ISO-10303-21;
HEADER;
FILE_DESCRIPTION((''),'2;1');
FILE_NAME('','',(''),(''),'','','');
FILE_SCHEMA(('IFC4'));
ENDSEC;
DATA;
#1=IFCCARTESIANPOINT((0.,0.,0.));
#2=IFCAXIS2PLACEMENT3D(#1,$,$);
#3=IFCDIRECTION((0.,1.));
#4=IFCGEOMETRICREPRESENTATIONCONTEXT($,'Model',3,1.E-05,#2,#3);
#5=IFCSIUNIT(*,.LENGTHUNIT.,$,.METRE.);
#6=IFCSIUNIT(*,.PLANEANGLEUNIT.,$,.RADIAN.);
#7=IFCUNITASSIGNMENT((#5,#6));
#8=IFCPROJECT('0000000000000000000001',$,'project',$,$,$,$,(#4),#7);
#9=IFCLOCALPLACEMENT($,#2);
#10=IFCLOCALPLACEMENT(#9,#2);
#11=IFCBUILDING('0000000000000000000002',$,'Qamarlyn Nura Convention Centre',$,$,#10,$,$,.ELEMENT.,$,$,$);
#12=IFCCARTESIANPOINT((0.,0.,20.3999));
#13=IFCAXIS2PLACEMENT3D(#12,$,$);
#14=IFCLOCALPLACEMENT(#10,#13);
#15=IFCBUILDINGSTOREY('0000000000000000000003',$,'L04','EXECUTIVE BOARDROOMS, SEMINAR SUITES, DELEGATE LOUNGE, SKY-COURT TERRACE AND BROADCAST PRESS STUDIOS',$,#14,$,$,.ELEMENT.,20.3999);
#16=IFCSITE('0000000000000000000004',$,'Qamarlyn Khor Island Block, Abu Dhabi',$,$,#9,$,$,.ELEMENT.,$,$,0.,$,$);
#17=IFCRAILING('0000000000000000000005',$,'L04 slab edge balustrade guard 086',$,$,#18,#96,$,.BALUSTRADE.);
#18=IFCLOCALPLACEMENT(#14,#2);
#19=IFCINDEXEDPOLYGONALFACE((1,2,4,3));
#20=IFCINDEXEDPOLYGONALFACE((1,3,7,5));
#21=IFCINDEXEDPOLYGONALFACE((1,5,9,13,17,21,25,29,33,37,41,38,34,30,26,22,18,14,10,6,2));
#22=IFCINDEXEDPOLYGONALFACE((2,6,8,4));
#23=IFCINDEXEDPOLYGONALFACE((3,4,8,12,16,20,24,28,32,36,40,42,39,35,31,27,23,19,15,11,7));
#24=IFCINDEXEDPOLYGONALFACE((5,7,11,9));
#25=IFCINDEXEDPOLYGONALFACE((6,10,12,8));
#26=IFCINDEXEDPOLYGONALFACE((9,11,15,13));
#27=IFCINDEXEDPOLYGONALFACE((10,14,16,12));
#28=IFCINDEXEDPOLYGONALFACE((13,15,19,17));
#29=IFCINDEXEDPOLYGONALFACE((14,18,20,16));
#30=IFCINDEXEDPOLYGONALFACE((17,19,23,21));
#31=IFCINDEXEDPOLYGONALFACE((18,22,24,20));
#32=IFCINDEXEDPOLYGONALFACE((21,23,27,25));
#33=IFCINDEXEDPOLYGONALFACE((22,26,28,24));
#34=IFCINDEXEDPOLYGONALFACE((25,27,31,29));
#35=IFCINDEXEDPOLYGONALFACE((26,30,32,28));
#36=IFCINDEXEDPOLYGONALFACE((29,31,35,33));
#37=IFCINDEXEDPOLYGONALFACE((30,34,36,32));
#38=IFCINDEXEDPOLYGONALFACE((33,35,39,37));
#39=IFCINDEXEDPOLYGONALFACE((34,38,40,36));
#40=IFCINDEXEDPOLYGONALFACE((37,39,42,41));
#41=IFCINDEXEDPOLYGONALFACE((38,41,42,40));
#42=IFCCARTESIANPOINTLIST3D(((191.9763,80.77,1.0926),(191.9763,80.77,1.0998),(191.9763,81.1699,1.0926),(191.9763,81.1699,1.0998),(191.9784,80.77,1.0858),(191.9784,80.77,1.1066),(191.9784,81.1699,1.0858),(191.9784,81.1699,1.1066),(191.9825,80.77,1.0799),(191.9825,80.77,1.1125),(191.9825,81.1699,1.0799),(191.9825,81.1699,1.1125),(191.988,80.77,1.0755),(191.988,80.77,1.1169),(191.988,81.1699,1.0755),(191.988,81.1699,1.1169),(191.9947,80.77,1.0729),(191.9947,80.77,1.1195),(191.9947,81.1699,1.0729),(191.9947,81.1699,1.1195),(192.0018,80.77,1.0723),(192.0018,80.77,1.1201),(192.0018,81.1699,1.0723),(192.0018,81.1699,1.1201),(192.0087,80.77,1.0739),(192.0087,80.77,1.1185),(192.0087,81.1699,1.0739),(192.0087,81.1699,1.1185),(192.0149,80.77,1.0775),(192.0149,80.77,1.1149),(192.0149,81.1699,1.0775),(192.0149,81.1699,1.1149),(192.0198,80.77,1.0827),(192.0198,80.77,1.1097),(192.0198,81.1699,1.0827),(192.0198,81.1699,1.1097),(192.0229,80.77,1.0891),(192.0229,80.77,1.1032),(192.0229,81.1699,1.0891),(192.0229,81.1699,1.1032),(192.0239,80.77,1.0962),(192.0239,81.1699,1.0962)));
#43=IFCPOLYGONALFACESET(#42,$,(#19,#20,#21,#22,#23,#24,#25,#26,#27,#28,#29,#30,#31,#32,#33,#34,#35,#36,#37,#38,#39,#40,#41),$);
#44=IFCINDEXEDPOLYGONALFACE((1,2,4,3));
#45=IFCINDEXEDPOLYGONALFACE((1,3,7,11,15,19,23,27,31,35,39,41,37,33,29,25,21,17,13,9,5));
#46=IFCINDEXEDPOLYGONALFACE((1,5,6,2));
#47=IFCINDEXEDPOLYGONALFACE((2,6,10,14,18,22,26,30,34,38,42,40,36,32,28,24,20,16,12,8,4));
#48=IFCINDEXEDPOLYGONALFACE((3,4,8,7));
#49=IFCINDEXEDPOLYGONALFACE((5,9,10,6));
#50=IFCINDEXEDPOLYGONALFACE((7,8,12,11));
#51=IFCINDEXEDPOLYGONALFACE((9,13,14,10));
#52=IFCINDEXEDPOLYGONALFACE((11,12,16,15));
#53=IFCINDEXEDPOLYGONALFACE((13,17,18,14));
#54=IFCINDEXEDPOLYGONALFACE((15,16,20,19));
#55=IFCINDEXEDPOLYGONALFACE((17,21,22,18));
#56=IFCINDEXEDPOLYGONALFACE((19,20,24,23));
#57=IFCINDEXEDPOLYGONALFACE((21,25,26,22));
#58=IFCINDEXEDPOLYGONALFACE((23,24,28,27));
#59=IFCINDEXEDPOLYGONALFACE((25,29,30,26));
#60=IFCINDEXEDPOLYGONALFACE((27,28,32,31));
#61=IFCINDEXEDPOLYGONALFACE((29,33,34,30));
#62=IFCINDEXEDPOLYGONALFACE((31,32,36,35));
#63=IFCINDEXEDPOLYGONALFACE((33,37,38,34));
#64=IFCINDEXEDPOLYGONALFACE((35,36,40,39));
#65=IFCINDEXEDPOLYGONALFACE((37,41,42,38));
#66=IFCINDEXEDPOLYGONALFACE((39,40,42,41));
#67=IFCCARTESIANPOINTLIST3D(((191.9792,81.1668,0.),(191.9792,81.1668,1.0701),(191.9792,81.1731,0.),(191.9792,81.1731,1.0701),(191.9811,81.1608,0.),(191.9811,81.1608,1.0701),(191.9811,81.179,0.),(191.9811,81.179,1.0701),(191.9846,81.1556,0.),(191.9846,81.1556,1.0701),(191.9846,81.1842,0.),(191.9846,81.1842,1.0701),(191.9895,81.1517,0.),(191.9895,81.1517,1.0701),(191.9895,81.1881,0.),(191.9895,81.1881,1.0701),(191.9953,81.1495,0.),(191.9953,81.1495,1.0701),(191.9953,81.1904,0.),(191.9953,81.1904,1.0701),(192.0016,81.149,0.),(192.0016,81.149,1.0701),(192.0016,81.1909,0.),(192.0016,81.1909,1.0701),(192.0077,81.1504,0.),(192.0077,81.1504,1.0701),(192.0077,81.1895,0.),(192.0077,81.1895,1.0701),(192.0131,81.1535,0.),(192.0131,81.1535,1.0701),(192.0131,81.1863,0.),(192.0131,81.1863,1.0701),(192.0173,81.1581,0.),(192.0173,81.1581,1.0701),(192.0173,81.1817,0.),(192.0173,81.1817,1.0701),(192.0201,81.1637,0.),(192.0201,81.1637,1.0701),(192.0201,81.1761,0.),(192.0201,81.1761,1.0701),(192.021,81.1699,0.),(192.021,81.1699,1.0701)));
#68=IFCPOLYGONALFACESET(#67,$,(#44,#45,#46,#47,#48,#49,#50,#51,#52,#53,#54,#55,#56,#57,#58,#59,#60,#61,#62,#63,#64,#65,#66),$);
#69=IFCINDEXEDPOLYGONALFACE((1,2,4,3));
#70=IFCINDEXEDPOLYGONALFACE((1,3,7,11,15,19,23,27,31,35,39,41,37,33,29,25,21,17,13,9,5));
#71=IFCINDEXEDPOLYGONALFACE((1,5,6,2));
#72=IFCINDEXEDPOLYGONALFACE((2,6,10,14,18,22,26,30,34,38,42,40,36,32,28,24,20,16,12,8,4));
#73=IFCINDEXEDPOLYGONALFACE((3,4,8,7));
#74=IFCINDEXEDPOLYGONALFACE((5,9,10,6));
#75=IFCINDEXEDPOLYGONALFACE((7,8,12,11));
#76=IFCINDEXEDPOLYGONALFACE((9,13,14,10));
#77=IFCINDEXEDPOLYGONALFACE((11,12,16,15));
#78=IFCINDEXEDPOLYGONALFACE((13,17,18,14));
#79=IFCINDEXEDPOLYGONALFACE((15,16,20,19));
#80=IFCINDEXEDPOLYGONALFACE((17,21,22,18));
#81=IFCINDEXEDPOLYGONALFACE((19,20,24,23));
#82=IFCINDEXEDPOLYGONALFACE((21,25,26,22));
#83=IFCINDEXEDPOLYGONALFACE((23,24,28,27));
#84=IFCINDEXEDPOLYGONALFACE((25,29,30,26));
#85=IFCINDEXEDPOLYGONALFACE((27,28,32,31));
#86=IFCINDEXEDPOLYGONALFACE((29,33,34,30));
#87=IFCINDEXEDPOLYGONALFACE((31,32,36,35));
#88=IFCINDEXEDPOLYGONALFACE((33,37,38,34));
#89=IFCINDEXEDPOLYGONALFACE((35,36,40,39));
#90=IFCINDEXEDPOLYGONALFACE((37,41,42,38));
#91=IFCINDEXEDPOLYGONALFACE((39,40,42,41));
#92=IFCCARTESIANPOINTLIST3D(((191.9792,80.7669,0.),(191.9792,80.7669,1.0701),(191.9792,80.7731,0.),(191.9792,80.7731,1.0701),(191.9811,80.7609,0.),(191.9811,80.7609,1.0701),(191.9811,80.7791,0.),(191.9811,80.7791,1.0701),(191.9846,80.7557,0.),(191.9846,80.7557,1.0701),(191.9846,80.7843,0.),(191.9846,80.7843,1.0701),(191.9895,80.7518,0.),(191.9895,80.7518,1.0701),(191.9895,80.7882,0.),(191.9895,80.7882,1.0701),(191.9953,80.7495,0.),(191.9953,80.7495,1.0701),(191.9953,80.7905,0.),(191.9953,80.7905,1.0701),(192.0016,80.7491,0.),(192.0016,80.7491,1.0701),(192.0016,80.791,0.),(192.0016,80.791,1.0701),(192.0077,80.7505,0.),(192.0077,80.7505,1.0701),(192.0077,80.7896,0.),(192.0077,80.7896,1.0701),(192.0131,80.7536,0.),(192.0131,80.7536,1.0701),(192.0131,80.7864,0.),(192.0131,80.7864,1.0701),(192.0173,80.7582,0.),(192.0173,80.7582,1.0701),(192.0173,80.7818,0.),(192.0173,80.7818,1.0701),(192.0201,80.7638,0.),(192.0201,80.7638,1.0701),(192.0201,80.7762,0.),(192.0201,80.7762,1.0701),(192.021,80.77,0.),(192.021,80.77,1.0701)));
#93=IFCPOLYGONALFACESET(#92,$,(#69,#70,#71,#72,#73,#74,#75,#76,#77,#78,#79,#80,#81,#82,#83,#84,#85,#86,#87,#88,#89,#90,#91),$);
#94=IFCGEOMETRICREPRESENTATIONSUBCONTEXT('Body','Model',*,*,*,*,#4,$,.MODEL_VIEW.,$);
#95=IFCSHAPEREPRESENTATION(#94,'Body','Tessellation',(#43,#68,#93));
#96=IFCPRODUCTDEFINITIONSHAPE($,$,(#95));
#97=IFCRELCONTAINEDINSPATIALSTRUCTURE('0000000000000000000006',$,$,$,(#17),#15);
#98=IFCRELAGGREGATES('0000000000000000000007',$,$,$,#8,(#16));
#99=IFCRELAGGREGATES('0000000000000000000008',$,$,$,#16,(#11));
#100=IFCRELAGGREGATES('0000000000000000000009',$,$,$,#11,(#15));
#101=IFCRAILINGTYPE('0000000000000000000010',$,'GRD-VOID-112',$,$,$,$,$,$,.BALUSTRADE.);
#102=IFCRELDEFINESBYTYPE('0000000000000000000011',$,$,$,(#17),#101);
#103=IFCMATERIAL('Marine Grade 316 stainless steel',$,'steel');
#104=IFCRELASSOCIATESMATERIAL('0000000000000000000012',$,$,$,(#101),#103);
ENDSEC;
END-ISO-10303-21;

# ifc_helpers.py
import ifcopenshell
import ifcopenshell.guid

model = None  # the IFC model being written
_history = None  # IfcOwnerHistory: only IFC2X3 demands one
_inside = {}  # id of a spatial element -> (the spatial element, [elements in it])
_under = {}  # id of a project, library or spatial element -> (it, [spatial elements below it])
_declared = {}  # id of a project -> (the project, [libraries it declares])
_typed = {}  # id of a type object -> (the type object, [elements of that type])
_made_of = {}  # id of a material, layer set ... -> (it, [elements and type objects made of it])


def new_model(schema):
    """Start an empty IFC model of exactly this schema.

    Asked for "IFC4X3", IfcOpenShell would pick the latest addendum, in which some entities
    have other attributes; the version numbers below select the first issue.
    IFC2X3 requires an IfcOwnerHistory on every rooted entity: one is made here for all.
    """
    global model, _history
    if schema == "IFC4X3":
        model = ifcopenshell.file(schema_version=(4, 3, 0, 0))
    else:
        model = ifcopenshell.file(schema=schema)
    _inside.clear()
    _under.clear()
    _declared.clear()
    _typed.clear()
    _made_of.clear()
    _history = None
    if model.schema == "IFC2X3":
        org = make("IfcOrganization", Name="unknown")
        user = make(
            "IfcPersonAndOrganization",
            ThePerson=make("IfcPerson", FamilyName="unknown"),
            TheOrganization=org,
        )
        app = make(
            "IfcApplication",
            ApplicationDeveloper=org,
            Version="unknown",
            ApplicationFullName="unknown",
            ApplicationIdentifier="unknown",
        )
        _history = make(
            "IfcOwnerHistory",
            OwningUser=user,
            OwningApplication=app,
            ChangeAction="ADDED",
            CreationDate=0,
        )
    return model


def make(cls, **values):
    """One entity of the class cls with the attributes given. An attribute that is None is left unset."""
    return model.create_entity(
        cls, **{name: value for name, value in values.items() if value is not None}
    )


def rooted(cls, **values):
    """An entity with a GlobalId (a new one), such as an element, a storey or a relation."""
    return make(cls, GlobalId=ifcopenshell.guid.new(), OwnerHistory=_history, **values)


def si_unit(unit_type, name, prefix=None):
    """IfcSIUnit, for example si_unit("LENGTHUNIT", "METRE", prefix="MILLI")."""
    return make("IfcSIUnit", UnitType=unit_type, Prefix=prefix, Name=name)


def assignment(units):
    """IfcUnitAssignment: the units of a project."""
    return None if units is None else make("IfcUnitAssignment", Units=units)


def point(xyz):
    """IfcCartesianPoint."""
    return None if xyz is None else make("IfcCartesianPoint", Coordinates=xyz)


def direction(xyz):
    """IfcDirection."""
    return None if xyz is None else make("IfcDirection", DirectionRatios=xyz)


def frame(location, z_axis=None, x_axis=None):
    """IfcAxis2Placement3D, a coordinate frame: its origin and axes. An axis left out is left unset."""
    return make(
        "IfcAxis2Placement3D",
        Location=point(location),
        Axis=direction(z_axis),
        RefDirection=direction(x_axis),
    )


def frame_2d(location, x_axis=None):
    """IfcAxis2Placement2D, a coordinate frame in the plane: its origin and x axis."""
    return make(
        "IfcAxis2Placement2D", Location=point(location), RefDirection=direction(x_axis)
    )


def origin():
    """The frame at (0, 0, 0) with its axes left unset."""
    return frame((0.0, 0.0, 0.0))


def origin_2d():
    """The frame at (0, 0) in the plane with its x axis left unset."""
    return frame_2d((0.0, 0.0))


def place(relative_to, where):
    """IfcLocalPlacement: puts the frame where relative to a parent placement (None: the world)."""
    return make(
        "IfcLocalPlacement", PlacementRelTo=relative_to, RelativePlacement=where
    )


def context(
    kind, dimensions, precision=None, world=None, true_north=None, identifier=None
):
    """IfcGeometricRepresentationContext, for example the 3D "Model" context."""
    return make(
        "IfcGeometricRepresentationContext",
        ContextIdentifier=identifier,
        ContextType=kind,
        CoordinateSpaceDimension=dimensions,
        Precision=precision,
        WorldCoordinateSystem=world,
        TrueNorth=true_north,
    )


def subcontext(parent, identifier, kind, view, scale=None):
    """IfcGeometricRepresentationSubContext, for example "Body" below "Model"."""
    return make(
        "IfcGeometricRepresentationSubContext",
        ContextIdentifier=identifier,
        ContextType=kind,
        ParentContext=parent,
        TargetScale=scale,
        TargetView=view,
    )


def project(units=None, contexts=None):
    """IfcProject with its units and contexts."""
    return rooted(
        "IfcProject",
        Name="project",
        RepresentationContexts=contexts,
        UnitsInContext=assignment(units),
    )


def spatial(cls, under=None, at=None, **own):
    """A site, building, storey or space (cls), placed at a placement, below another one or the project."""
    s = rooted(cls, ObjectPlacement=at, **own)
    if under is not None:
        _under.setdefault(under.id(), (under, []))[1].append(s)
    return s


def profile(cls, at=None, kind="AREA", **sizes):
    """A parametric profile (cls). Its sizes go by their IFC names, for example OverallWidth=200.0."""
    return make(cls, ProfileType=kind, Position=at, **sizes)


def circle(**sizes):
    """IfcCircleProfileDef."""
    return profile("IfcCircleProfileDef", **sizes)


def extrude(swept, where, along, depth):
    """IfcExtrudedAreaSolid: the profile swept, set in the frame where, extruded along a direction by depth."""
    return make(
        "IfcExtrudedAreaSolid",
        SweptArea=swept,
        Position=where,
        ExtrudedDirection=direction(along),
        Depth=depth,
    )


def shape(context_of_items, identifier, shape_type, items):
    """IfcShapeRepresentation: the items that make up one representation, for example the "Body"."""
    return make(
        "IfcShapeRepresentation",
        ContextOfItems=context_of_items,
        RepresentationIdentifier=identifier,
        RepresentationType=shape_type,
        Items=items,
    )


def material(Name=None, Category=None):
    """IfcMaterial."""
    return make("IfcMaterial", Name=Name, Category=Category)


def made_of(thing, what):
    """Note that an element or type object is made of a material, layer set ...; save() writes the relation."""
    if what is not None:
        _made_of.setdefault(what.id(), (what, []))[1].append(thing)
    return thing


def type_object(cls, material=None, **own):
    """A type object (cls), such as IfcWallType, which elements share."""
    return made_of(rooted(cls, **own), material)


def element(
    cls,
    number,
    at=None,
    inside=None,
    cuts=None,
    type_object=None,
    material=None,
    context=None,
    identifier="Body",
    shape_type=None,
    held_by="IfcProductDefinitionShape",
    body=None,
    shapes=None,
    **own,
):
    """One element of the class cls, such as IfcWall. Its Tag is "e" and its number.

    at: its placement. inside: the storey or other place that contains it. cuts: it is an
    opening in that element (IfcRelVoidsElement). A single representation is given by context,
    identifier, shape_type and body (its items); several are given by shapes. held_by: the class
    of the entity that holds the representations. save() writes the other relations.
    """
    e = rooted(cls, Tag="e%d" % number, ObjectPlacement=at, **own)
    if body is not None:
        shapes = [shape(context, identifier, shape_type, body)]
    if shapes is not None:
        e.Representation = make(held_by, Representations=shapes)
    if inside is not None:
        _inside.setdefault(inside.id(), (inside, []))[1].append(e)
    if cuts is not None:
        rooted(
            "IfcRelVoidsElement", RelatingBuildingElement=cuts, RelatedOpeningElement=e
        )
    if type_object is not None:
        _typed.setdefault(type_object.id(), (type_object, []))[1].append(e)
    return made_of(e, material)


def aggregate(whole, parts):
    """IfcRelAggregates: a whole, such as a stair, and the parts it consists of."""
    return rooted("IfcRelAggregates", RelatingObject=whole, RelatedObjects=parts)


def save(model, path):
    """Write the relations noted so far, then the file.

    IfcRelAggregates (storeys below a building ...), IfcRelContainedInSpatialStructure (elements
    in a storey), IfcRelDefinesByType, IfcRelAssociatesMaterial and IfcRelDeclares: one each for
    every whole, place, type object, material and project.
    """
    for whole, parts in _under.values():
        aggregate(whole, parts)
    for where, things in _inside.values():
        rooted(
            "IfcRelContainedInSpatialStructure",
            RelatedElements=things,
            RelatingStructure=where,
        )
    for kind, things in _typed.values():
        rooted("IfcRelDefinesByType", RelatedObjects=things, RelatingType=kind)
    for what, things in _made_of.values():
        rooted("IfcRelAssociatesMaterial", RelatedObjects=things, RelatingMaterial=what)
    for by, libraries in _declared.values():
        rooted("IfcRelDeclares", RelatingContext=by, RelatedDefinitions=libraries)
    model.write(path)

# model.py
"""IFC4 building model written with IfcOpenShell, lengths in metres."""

from ifc_helpers import new_model, si_unit, direction, frame, origin, origin_2d, place, context, subcontext, project, spatial, circle, extrude, material, type_object, element, save


model = new_model("IFC4")

# Units and contexts
model_context = context("Model", 3, precision=1e-05, world=origin(), true_north=direction((0.0, 1.0)))
body_context = subcontext(model_context, "Body", "Model", "MODEL_VIEW")
ifc_project = project(units=[si_unit("LENGTHUNIT", "METRE"), si_unit("PLANEANGLEUNIT", "RADIAN")], contexts=[model_context])

# Site, building, storey
site_placement = place(None, origin())
site = spatial("IfcSite", under=ifc_project, at=site_placement, Name="Qamarlyn Khor Island Block, Abu Dhabi", CompositionType="ELEMENT", RefElevation=0.0)
building_placement = place(site_placement, origin())
building = spatial("IfcBuilding", under=site, at=building_placement, Name="Qamarlyn Nura Convention Centre", CompositionType="ELEMENT")
storey_placement = place(building_placement, frame((0.0, 0.0, 20.3999)))
storey = spatial("IfcBuildingStorey", under=building, at=storey_placement, Name="L04", Description="EXECUTIVE BOARDROOMS, SEMINAR SUITES, DELEGATE LOUNGE, SKY-COURT TERRACE AND BROADCAST PRESS STUDIOS", CompositionType="ELEMENT", Elevation=20.3999)

# Railing
ifc_material_1 = material(Name="Marine Grade 316 stainless steel", Category="steel")
railing_type_1 = type_object("IfcRailingType", Name="GRD-VOID-112", PredefinedType="BALUSTRADE", material=ifc_material_1)
railing_1_placement = place(storey_placement, frame((192.0, 81.1699, 0.0)))
element("IfcRailing", 1, at=railing_1_placement, inside=storey, type_object=railing_type_1, Name="L04 slab edge balustrade guard 086", PredefinedType="BALUSTRADE", context=body_context, shape_type="SweptSolid", body=[
    extrude(circle(Radius=0.0239, at=origin_2d()), frame((0.0, 0.0, 1.0962), z_axis=(0.0, -1.0, 0.0), x_axis=(1.0, 0.0, 0.0)), (0.0, 0.0, 1.0), 0.3999),
    extrude(circle(Radius=0.021, at=origin_2d()), origin(), (0.0, 0.0, 1.0), 1.0701),
    extrude(circle(Radius=0.021, at=origin_2d()), frame((0.0, -0.3999, 0.0)), (0.0, 0.0, 1.0), 1.0701),
])

save(model, "model.ifc")
